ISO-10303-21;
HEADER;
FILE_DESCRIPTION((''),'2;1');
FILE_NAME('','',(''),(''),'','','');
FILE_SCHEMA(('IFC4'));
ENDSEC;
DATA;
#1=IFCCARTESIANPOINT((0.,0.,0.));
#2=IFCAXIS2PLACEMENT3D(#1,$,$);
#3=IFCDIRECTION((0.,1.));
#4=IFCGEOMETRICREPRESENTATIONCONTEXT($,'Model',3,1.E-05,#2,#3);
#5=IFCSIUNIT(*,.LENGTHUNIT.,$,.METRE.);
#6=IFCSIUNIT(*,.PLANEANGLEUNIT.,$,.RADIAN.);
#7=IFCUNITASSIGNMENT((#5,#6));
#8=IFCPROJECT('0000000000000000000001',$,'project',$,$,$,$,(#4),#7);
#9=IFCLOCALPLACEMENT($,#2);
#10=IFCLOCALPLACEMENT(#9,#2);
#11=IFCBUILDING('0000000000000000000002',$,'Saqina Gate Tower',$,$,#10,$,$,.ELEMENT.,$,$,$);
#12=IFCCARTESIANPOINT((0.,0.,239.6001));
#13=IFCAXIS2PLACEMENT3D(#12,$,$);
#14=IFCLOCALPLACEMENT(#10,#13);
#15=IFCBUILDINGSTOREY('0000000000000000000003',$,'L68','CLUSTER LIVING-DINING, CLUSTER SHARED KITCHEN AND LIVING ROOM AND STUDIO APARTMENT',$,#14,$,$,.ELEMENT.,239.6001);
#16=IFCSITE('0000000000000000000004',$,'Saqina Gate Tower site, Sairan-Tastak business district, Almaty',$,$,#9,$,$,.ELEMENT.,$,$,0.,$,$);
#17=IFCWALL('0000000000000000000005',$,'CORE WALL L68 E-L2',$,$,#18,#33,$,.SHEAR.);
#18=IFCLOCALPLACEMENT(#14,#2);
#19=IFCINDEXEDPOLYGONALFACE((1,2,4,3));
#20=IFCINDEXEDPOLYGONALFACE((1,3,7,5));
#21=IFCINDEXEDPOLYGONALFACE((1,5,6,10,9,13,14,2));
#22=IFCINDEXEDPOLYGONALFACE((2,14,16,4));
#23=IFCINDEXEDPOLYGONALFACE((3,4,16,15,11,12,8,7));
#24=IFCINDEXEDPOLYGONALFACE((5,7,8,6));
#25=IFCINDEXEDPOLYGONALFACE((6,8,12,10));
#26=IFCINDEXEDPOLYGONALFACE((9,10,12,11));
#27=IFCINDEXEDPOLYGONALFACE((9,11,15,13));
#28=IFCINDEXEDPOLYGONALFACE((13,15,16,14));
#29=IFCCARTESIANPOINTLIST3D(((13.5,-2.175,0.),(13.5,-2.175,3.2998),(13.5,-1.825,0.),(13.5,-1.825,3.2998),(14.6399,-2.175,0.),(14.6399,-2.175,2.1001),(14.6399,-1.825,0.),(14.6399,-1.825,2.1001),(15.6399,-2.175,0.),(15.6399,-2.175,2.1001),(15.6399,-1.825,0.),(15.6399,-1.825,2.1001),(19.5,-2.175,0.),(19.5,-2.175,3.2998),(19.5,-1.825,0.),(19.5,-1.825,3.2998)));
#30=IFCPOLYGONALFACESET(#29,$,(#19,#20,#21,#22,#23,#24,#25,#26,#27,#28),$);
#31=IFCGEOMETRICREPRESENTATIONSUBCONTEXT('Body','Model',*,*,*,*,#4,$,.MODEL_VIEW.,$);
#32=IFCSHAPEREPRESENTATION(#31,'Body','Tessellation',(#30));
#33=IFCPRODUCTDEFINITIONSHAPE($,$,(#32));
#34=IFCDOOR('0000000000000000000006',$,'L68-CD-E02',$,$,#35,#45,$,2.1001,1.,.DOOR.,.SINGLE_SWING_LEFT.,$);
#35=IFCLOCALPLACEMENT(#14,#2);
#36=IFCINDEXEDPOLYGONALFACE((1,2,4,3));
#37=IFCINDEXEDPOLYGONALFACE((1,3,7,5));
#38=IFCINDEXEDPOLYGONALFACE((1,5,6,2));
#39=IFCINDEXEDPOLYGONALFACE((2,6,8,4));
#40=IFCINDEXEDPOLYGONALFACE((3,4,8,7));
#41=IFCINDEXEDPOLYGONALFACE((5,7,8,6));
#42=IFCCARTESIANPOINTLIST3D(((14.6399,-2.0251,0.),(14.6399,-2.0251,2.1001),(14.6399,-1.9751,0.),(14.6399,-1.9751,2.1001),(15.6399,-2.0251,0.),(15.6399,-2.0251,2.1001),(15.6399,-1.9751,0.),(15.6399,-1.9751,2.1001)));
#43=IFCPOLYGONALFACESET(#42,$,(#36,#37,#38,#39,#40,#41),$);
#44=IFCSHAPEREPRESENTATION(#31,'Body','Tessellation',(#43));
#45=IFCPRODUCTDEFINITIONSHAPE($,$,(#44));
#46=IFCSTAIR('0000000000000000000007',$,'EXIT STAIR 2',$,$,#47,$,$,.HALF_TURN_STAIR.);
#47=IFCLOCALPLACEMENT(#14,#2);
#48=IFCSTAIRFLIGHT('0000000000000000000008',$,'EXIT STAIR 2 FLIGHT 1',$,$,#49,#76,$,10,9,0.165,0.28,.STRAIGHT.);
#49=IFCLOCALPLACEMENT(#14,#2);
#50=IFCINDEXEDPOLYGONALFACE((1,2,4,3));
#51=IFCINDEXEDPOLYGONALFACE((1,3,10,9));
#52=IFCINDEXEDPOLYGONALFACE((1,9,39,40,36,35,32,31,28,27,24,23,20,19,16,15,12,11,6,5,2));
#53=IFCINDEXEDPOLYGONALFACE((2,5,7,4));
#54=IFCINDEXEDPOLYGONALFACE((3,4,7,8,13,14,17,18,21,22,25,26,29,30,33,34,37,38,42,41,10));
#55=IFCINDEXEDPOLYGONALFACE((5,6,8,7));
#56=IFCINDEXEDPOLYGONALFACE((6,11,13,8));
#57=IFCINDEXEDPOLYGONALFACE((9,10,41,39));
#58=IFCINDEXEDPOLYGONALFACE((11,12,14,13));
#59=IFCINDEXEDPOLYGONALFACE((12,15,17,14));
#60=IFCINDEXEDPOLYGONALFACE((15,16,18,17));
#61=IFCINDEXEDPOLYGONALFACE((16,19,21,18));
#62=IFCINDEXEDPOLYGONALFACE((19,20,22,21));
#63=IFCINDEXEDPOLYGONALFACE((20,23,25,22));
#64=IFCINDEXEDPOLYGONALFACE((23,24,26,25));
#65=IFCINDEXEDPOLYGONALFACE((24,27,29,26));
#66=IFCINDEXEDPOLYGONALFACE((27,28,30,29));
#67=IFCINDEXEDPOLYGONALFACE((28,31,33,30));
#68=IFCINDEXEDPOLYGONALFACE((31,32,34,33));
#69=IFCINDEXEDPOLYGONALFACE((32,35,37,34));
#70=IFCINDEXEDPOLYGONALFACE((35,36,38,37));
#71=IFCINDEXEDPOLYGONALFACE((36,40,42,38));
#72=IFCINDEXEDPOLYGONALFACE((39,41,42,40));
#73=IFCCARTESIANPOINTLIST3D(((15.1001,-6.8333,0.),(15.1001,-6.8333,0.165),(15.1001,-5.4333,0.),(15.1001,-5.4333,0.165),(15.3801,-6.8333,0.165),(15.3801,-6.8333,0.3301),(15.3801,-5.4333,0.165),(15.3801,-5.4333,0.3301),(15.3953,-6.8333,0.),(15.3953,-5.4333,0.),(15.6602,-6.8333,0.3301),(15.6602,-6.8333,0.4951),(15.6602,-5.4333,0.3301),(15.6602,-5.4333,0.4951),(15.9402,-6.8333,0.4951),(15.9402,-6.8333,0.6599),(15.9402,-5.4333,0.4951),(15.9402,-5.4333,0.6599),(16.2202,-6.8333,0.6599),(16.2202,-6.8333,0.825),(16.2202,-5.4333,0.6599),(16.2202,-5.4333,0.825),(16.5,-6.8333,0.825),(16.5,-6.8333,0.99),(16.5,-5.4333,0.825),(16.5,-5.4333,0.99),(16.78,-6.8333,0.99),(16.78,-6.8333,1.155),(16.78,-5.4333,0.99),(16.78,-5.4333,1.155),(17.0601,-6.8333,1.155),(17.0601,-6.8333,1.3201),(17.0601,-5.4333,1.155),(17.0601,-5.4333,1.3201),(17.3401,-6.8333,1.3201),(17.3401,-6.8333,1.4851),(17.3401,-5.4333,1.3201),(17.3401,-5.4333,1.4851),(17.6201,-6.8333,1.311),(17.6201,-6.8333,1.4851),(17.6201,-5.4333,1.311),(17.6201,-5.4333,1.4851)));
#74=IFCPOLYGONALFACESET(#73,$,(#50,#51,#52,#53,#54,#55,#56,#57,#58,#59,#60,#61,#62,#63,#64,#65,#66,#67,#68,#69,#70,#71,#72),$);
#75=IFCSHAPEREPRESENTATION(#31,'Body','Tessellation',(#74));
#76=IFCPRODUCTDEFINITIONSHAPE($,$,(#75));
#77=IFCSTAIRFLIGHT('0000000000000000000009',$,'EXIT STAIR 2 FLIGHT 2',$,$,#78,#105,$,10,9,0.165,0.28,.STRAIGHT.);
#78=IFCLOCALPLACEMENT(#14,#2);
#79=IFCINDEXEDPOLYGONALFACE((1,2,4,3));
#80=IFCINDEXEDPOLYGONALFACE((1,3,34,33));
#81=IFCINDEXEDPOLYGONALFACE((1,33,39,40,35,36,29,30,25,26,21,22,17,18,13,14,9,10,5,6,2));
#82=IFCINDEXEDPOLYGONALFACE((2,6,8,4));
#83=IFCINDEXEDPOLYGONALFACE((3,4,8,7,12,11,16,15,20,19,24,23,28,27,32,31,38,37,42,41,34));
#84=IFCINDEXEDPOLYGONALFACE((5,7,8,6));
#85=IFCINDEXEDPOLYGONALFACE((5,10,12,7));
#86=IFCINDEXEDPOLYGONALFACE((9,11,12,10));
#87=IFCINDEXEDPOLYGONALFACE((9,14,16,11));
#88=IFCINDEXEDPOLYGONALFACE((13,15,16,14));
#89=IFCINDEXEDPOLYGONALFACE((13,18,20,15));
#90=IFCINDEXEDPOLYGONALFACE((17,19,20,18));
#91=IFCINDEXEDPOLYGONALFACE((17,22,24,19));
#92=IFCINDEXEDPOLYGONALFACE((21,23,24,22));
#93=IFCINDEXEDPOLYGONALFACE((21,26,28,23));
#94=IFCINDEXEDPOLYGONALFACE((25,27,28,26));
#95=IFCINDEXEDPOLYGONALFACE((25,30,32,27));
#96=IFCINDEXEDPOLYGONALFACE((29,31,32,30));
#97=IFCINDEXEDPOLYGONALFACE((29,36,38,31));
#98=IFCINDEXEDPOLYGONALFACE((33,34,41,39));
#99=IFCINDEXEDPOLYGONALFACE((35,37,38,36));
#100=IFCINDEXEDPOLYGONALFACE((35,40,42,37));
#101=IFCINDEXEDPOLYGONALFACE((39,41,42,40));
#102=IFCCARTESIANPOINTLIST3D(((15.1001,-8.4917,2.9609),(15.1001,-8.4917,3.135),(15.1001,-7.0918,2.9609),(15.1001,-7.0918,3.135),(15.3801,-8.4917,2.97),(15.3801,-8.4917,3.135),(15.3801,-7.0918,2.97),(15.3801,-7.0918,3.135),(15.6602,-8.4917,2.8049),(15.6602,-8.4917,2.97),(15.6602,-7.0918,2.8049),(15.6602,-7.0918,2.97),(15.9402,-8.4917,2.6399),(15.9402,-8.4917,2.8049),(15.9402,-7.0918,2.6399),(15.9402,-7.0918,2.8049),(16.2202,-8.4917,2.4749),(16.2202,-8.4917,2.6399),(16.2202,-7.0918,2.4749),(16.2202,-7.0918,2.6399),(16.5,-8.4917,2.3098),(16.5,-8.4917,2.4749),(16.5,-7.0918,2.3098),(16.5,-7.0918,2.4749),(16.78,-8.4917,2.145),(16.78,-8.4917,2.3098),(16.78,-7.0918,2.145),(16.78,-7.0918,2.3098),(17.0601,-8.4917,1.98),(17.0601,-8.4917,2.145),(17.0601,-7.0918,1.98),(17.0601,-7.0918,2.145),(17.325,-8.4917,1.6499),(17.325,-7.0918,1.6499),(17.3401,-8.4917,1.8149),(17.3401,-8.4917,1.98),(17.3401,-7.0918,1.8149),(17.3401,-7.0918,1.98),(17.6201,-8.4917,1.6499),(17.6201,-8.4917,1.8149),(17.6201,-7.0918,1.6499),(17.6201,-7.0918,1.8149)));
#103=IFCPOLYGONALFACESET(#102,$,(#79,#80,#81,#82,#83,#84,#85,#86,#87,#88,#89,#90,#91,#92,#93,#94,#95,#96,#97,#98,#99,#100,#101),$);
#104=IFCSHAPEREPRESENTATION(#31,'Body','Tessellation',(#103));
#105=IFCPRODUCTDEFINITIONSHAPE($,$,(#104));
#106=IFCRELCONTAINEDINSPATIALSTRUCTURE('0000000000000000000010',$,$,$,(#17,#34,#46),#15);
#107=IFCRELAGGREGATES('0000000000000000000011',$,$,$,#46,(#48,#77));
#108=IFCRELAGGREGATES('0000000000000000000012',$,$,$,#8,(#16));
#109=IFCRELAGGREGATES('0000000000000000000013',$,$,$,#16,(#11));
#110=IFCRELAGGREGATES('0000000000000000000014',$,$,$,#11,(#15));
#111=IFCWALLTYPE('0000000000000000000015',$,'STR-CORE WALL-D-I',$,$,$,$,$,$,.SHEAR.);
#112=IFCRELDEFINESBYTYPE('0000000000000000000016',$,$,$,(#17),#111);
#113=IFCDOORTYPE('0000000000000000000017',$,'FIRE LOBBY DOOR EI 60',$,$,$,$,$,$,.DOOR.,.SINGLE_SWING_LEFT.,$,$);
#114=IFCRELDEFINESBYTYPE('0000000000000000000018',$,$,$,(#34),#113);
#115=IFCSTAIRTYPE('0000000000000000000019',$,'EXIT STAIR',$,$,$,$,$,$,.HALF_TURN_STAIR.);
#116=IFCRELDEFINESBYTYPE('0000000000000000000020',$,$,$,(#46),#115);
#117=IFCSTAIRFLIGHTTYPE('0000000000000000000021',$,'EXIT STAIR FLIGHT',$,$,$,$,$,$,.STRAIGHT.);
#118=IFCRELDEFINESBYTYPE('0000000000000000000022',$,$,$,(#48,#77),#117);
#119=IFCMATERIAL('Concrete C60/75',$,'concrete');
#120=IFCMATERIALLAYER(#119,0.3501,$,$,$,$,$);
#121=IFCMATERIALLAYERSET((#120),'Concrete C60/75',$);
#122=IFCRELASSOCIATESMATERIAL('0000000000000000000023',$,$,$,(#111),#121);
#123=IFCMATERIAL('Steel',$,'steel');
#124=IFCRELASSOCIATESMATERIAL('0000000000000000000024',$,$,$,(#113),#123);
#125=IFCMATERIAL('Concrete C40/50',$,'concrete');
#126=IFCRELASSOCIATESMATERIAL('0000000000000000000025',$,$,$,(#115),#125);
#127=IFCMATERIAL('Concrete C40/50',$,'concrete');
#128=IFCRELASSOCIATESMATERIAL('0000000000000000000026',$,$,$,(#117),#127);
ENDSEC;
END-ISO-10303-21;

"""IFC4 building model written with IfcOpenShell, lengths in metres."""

from ifc_helpers import new_model, si_unit, direction, frame, frame_2d, origin, place, context, subcontext, project, spatial, polyline, rectangle, outline, extrude, material, layer, layer_set, type_object, element, fill, aggregate, save


model = new_model("IFC4")

# Units and contexts
model_context = context("Model", 3, precision=1e-05, world=origin(), true_north=direction((0.0, 1.0)))
body_context = subcontext(model_context, "Body", "Model", "MODEL_VIEW")
ifc_project = project(units=[si_unit("LENGTHUNIT", "METRE"), si_unit("PLANEANGLEUNIT", "RADIAN")], contexts=[model_context])

# Site, building, storey
site_placement = place(None, origin())
site = spatial("IfcSite", under=ifc_project, at=site_placement, Name="Saqina Gate Tower site, Sairan-Tastak business district, Almaty", CompositionType="ELEMENT", RefElevation=0.0)
building_placement = place(site_placement, origin())
building = spatial("IfcBuilding", under=site, at=building_placement, Name="Saqina Gate Tower", CompositionType="ELEMENT")
storey_placement = place(building_placement, frame((0.0, 0.0, 239.6001)))
storey = spatial("IfcBuildingStorey", under=building, at=storey_placement, Name="L68", Description="CLUSTER LIVING-DINING, CLUSTER SHARED KITCHEN AND LIVING ROOM AND STUDIO APARTMENT", CompositionType="ELEMENT", Elevation=239.6001)

# Wall, opening, door
ifc_material_1 = material(Name="Concrete C60/75", Category="concrete")
ifc_layer_1 = layer(ifc_material_1, 0.3501)
ifc_layer_set_1 = layer_set([ifc_layer_1], Name="Concrete C60/75")
wall_type_1 = type_object("IfcWallType", Name="STR-CORE WALL-D-I", PredefinedType="SHEAR", material=ifc_layer_set_1)
wall_1_placement = place(storey_placement, frame((13.5, -2.0, 0.0), z_axis=(0.0, 0.0, 1.0), x_axis=(1.0, 0.0, 0.0)))
wall_1 = element("IfcWall", 1, at=wall_1_placement, inside=storey, type_object=wall_type_1, Name="CORE WALL L68 E-L2", PredefinedType="SHEAR", context=body_context, shape_type="SweptSolid", body=[
    extrude(rectangle(XDim=6.0, YDim=0.3501, at=frame_2d((3.0, 0.0))), origin(), (0.0, 0.0, 1.0), 3.2998),
])
opening_1_placement = place(wall_1_placement, frame((1.1399, 0.0, 0.0)))
opening_1 = element("IfcOpeningElement", 2, at=opening_1_placement, cuts=wall_1, PredefinedType="OPENING", context=body_context, shape_type="SweptSolid", body=[
    extrude(rectangle(XDim=1.0, YDim=2.1001, at=frame_2d((0.5, 1.05))), frame((0.0, 0.187, 0.0), z_axis=(0.0, -1.0, 0.0), x_axis=(1.0, 0.0, 0.0)), (0.0, 0.0, 1.0), 0.374),
])
ifc_material_2 = material(Name="Steel", Category="steel")
door_type_1 = type_object("IfcDoorType", Name="FIRE LOBBY DOOR EI 60", OperationType="SINGLE_SWING_LEFT", PredefinedType="DOOR", material=ifc_material_2)
door_1_placement = place(opening_1_placement, origin())
door_1 = element("IfcDoor", 3, at=door_1_placement, inside=storey, type_object=door_type_1, Name="L68-CD-E02", OperationType="SINGLE_SWING_LEFT", OverallHeight=2.1001, OverallWidth=1.0, PredefinedType="DOOR", context=body_context, shape_type="SweptSolid", body=[
    extrude(rectangle(XDim=1.0, YDim=2.1001, at=frame_2d((0.5, 1.05))), frame((0.0, 0.0249, 0.0), z_axis=(0.0, -1.0, 0.0), x_axis=(1.0, 0.0, 0.0)), (0.0, 0.0, 1.0), 0.05),
])
fill(opening_1, door_1)

# Stair, stair flights
ifc_material_3 = material(Name="Concrete C40/50", Category="concrete")
stair_type = type_object("IfcStairType", Name="EXIT STAIR", PredefinedType="HALF_TURN_STAIR", material=ifc_material_3)
stair_placement = place(storey_placement, origin())
stair = element("IfcStair", 4, at=stair_placement, inside=storey, type_object=stair_type, Name="EXIT STAIR 2", PredefinedType="HALF_TURN_STAIR")
ifc_material_4 = material(Name="Concrete C40/50", Category="concrete")
stair_flight_type = type_object("IfcStairFlightType", Name="EXIT STAIR FLIGHT", PredefinedType="STRAIGHT", material=ifc_material_4)
stair_flight_1_placement = place(storey_placement, frame((15.1001, -6.1333, 0.0), z_axis=(0.0, 0.0, 1.0), x_axis=(1.0, 0.0, 0.0)))
stair_flight_1 = element("IfcStairFlight", 5, at=stair_flight_1_placement, type_object=stair_flight_type, Name="EXIT STAIR 2 FLIGHT 1", NumberOfRisers=10, NumberOfTreads=9, PredefinedType="STRAIGHT", RiserHeight=0.165, TreadLength=0.28, context=body_context, shape_type="SweptSolid", body=[
    extrude(outline(polyline([(0.0, 0.0), (0.0, 0.165), (0.28, 0.165), (0.28, 0.3301), (0.5601, 0.3301), (0.5601, 0.4951), (0.8401, 0.4951), (0.8401, 0.6599), (1.1201, 0.6599), (1.1201, 0.825), (1.3999, 0.825), (1.3999, 0.99), (1.6799, 0.99), (1.6799, 1.155), (1.96, 1.155), (1.96, 1.3201), (2.24, 1.3201), (2.24, 1.4851), (2.52, 1.4851), (2.52, 1.6499), (2.52, 1.311), (0.2952, 0.0), (0.0, 0.0)])), frame((0.0, 0.7, 0.0), z_axis=(0.0, -1.0, 0.0), x_axis=(1.0, 0.0, 0.0)), (0.0, 0.0, 1.0), 1.3999),
])
stair_flight_2_placement = place(storey_placement, frame((17.6201, -7.7917, 1.6499), z_axis=(0.0, 0.0, 1.0), x_axis=(-1.0, 0.0, 0.0)))
stair_flight_2 = element("IfcStairFlight", 6, at=stair_flight_2_placement, type_object=stair_flight_type, Name="EXIT STAIR 2 FLIGHT 2", NumberOfRisers=10, NumberOfTreads=9, PredefinedType="STRAIGHT", RiserHeight=0.165, TreadLength=0.28, context=body_context, shape_type="SweptSolid", body=[
    extrude(outline(polyline([(0.0, 0.0), (0.0, 0.165), (0.28, 0.165), (0.28, 0.3301), (0.5601, 0.3301), (0.5601, 0.4951), (0.8401, 0.4951), (0.8401, 0.6599), (1.1201, 0.6599), (1.1201, 0.825), (1.3999, 0.825), (1.3999, 0.99), (1.6799, 0.99), (1.6799, 1.155), (1.96, 1.155), (1.96, 1.3201), (2.24, 1.3201), (2.24, 1.4851), (2.52, 1.4851), (2.52, 1.6499), (2.52, 1.311), (0.2952, 0.0), (0.0, 0.0)])), frame((0.0, 0.7, 0.0), z_axis=(0.0, -1.0, 0.0), x_axis=(1.0, 0.0, 0.0)), (0.0, 0.0, 1.0), 1.3999),
])
aggregate(stair, [stair_flight_1, stair_flight_2])

save(model, "model.ifc")
